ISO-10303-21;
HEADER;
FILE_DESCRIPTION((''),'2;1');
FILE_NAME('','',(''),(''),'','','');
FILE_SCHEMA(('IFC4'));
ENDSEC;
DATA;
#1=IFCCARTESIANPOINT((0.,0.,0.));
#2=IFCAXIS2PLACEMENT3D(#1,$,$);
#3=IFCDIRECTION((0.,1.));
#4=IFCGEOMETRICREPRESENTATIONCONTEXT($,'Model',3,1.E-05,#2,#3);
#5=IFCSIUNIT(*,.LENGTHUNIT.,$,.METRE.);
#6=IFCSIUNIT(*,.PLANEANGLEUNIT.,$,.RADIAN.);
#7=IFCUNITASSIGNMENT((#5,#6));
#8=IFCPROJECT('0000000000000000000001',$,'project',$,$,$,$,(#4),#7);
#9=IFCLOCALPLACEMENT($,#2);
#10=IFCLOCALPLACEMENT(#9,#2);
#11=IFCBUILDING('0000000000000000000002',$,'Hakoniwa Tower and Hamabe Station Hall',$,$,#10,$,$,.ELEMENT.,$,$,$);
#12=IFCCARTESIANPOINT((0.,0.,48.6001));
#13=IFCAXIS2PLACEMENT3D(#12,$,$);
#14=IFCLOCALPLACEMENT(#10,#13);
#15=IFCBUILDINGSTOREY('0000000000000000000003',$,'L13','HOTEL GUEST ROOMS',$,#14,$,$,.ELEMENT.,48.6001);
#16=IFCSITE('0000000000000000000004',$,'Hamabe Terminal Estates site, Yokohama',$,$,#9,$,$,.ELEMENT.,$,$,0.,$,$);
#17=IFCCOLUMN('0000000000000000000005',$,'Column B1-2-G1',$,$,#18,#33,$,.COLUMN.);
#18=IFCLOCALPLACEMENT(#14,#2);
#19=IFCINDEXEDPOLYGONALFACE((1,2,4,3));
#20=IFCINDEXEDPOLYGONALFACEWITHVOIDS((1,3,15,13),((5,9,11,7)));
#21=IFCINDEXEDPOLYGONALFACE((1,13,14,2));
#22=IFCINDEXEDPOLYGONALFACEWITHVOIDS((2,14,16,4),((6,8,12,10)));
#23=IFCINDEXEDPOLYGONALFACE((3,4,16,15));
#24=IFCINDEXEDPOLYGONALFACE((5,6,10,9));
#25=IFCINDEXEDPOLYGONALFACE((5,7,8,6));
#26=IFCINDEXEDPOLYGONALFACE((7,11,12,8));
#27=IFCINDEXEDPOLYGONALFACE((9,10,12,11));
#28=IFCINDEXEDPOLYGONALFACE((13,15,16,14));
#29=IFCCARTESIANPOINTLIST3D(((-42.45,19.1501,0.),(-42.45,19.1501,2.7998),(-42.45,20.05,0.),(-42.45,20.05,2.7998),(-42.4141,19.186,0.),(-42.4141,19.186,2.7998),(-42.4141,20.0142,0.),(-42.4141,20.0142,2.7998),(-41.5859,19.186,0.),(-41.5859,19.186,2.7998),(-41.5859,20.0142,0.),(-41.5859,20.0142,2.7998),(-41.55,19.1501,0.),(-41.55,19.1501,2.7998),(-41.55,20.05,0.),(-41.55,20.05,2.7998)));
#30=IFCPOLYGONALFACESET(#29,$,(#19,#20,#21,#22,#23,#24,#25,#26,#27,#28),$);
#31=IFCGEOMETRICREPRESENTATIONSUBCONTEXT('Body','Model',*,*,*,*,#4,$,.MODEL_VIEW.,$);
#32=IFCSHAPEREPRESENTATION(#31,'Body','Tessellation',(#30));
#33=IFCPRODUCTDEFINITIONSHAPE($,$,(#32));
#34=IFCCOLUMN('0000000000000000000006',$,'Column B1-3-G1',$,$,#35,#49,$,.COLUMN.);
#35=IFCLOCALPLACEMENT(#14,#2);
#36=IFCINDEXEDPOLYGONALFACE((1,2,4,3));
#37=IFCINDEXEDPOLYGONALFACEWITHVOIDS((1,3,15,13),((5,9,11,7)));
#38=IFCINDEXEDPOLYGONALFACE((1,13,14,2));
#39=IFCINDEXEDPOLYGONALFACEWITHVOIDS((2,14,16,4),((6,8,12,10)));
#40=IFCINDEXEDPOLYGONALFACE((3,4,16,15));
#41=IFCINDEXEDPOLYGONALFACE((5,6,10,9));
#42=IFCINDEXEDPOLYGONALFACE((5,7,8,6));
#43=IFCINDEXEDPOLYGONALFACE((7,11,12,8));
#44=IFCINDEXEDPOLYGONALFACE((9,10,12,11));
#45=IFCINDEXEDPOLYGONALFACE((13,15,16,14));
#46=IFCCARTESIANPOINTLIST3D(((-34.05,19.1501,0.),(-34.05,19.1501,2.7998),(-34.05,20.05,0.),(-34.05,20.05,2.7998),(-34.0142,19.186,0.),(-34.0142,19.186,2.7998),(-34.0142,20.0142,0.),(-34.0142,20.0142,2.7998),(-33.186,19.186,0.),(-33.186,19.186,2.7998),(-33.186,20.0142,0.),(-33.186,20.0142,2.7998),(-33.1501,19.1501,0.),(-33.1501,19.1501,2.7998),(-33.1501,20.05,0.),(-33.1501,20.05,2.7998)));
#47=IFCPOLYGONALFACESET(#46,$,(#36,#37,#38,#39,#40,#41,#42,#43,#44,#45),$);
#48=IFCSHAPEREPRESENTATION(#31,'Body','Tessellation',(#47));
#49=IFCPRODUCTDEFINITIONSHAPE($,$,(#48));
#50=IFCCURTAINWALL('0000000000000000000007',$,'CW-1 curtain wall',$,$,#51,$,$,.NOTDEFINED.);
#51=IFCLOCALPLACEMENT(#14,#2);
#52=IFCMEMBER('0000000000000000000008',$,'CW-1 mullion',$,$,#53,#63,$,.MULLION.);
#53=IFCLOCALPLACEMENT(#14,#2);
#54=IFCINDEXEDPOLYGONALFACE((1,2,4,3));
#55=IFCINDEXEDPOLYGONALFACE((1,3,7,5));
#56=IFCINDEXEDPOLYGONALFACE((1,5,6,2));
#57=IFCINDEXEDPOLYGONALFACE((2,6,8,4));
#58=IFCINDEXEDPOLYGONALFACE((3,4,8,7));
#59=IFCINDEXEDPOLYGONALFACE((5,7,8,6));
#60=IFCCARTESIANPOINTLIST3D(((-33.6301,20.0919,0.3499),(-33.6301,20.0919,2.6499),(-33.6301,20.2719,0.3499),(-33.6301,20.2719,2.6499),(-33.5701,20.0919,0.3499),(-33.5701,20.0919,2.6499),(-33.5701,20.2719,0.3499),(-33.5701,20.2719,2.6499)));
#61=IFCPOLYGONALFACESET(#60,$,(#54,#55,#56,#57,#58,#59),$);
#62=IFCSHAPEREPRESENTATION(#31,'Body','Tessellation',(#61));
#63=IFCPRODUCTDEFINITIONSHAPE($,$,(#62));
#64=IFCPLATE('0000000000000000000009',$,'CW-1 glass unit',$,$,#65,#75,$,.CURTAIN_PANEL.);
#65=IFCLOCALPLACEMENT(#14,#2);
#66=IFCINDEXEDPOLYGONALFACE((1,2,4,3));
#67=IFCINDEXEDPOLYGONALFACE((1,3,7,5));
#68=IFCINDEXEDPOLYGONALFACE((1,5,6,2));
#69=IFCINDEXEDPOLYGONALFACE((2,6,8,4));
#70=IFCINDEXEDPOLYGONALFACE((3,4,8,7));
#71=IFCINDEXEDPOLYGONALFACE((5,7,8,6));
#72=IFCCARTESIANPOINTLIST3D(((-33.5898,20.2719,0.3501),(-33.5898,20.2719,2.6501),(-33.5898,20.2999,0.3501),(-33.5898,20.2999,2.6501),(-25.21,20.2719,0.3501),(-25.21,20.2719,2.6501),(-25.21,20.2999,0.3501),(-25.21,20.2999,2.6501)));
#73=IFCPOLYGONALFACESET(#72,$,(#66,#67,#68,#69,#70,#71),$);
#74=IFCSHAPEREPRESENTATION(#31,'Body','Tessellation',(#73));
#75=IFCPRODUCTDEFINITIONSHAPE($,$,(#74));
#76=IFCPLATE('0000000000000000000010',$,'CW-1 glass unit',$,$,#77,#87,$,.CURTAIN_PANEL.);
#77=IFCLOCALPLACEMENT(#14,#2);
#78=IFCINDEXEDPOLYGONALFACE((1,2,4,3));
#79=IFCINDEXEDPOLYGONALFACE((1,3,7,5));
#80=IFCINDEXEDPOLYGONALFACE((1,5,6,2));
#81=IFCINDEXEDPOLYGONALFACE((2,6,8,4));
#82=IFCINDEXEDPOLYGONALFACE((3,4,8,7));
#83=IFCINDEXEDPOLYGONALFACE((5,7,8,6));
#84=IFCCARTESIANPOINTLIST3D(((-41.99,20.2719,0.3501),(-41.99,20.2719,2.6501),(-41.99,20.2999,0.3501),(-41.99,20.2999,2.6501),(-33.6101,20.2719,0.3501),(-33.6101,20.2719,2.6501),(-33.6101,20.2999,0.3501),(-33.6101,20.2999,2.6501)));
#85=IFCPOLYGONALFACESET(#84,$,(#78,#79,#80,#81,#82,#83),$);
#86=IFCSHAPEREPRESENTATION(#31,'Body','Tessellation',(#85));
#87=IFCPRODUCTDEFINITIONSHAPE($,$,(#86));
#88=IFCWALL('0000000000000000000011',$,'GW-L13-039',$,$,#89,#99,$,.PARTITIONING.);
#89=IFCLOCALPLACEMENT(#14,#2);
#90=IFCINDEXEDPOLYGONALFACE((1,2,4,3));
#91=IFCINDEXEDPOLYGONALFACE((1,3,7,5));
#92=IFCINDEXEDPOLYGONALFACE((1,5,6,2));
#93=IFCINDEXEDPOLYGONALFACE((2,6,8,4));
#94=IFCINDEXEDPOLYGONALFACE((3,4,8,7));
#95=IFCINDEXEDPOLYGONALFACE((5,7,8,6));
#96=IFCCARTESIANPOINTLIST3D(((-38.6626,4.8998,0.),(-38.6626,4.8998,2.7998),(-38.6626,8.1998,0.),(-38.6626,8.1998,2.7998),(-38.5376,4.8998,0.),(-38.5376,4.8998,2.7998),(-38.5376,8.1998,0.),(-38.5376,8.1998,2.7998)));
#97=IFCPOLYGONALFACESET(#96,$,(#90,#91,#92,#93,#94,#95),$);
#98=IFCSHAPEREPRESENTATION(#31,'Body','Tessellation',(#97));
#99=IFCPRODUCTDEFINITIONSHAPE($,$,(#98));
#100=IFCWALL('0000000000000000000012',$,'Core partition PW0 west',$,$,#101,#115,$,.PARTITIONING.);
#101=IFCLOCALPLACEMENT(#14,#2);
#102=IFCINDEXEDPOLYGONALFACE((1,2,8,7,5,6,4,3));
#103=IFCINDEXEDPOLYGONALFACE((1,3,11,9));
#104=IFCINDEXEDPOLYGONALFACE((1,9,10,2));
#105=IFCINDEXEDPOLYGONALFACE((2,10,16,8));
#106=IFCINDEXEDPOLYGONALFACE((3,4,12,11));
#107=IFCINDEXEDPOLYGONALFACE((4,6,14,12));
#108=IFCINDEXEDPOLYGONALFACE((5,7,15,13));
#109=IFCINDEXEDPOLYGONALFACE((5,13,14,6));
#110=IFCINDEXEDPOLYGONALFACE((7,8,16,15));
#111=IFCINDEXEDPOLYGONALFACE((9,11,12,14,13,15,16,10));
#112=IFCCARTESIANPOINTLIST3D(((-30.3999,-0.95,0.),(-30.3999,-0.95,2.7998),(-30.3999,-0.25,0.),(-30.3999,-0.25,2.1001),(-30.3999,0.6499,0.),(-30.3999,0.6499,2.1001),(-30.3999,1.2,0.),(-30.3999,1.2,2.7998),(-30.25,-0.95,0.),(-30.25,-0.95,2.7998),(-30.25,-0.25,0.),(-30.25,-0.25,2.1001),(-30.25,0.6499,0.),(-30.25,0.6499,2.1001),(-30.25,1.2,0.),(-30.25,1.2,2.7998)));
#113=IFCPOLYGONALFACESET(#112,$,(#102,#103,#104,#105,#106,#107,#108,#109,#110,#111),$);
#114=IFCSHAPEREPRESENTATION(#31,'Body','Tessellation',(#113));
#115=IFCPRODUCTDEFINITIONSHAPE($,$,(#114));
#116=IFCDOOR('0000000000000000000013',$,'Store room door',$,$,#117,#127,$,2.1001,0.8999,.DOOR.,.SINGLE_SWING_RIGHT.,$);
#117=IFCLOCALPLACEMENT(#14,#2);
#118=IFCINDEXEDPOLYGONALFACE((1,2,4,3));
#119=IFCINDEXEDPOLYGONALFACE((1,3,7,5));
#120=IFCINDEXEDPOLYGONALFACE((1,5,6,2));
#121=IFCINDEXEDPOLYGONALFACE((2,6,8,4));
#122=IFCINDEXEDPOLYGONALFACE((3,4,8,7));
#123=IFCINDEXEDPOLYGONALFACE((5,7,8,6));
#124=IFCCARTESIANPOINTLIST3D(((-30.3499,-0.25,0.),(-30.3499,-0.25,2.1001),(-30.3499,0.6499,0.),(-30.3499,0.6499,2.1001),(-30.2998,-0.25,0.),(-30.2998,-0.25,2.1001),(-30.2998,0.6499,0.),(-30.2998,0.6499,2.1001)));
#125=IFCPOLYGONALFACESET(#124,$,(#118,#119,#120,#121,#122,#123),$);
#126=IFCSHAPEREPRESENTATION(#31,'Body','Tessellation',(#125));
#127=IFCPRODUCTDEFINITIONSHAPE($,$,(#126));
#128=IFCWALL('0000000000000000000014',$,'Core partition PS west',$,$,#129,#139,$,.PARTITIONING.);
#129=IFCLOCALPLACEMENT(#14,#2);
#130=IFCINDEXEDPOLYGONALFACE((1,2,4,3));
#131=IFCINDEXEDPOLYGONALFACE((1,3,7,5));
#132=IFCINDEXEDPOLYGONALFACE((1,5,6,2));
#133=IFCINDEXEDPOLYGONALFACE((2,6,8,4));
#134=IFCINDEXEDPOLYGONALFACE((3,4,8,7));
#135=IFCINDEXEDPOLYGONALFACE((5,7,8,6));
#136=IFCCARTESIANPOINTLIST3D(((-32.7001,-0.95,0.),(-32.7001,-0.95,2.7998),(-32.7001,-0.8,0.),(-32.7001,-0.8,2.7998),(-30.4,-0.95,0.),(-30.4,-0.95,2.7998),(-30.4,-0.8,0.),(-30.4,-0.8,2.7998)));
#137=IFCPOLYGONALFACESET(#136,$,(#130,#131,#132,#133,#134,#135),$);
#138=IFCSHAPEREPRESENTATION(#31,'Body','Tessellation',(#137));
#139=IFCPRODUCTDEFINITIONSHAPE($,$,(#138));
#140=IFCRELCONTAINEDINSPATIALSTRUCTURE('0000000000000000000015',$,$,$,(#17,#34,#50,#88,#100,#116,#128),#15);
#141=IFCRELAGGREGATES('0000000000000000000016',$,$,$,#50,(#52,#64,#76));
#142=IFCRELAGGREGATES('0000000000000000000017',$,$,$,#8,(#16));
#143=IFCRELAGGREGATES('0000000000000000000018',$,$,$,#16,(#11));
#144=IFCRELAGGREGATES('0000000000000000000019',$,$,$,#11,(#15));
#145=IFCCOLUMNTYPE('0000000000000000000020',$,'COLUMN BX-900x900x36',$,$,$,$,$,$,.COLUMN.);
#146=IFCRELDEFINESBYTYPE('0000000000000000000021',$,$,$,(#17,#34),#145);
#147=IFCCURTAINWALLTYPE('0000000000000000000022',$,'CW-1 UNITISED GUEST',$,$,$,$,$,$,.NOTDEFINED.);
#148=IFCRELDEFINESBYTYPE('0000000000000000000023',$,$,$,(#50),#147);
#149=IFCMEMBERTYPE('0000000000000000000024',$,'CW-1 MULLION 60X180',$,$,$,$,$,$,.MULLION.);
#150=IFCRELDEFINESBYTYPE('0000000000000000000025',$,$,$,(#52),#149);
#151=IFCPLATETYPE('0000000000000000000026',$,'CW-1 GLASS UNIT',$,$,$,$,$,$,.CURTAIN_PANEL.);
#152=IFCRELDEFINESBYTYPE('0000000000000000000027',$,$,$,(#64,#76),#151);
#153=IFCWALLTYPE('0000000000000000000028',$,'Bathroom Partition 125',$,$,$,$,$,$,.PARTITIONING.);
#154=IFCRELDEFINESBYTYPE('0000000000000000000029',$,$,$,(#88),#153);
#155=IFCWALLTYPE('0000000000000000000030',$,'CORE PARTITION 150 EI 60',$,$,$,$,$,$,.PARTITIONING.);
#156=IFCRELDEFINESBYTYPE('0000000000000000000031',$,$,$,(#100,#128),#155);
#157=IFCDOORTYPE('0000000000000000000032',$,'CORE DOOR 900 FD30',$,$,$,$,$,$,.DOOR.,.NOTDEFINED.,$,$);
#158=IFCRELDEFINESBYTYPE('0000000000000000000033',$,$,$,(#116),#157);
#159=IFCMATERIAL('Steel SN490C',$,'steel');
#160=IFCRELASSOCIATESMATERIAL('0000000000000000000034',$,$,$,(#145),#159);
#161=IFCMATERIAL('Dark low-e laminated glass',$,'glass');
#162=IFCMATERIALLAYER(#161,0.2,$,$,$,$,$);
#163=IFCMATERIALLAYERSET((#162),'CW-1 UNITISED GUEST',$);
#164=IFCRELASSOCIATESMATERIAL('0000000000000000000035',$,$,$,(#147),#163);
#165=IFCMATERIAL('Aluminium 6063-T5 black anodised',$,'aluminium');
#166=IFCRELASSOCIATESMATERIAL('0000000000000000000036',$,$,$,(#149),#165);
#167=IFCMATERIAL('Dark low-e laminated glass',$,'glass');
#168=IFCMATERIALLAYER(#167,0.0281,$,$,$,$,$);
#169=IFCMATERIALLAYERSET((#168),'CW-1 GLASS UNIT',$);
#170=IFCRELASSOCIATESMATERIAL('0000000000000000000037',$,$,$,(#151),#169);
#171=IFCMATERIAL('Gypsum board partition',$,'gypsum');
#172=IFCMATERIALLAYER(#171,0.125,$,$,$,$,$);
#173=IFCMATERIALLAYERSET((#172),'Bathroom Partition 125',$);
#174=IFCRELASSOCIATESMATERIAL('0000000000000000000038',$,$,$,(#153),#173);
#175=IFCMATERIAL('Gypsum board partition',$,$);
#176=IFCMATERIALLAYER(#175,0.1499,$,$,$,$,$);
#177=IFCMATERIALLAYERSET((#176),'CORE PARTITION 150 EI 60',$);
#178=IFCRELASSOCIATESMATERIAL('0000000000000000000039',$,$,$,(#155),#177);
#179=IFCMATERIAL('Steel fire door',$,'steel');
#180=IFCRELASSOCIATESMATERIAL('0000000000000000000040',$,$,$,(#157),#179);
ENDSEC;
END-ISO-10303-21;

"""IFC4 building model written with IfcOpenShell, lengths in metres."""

from ifc_helpers import new_model, si_unit, direction, frame, frame_2d, origin, origin_2d, place, context, subcontext, project, spatial, rectangle, hollow_rectangle, extrude, material, layer, layer_set, material_profile, profile_set, type_object, element, fill, aggregate, save


model = new_model("IFC4")

# Units and contexts
model_context = context("Model", 3, precision=1e-05, world=origin(), true_north=direction((0.0, 1.0)))
body_context = subcontext(model_context, "Body", "Model", "MODEL_VIEW")
ifc_project = project(units=[si_unit("LENGTHUNIT", "METRE"), si_unit("PLANEANGLEUNIT", "RADIAN")], contexts=[model_context])

# Site, building, storey
site_placement = place(None, origin())
site = spatial("IfcSite", under=ifc_project, at=site_placement, Name="Hamabe Terminal Estates site, Yokohama", CompositionType="ELEMENT", RefElevation=0.0)
building_placement = place(site_placement, origin())
building = spatial("IfcBuilding", under=site, at=building_placement, Name="Hakoniwa Tower and Hamabe Station Hall", CompositionType="ELEMENT")
storey_placement = place(building_placement, frame((0.0, 0.0, 48.6001)))
storey = spatial("IfcBuildingStorey", under=building, at=storey_placement, Name="L13", Description="HOTEL GUEST ROOMS", CompositionType="ELEMENT", Elevation=48.6001)

# Columns
ifc_material_1 = material(Name="Steel SN490C", Category="steel")
ifc_material_profile_1 = material_profile(ifc_material_1, hollow_rectangle(XDim=0.8999, YDim=0.8999, WallThickness=0.0359, at=origin_2d()), Name="BX-900x900x36")
ifc_profile_set_1 = profile_set([ifc_material_profile_1], Name="Steel SN490C")
column_type = type_object("IfcColumnType", Name="COLUMN BX-900x900x36", PredefinedType="COLUMN", material=ifc_profile_set_1)
for number, where, z_axis, x_axis, name in (
    (1, (-42.0, 19.6001, 0.0), (0.0, 0.0, 1.0), (1.0, 0.0, 0.0), "Column B1-2-G1"),
    (2, (-33.6001, 19.6001, 0.0), (0.0, 0.0, 1.0), (1.0, 0.0, 0.0), "Column B1-3-G1"),
):
    element("IfcColumn", number, at=place(storey_placement, frame(where, z_axis=z_axis, x_axis=x_axis)), inside=storey, type_object=column_type, Name=name, PredefinedType="COLUMN", context=body_context, shape_type="SweptSolid", body=[
        extrude(hollow_rectangle(XDim=0.8999, YDim=0.8999, WallThickness=0.0359, at=origin_2d()), origin(), (0.0, 0.0, 1.0), 2.7998),
    ])

# Curtain wall, member, plates
ifc_material_2 = material(Name="Dark low-e laminated glass", Category="glass")
ifc_layer_1 = layer(ifc_material_2, 0.2)
ifc_layer_set_1 = layer_set([ifc_layer_1], Name="CW-1 UNITISED GUEST")
curtain_wall_type = type_object("IfcCurtainWallType", Name="CW-1 UNITISED GUEST", PredefinedType="NOTDEFINED", material=ifc_layer_set_1)
curtain_wall_placement = place(storey_placement, origin())
curtain_wall = element("IfcCurtainWall", 3, at=curtain_wall_placement, inside=storey, type_object=curtain_wall_type, Name="CW-1 curtain wall", PredefinedType="NOTDEFINED")
ifc_material_3 = material(Name="Aluminium 6063-T5 black anodised", Category="aluminium")
ifc_material_profile_2 = material_profile(ifc_material_3, rectangle(XDim=0.0601, YDim=0.1799, at=origin_2d()), Name="CW-1 MULLION 60X180")
ifc_profile_set_2 = profile_set([ifc_material_profile_2], Name="Aluminium 6063-T5 black anodised")
member_type = type_object("IfcMemberType", Name="CW-1 MULLION 60X180", PredefinedType="MULLION", material=ifc_profile_set_2)
member_placement = place(storey_placement, frame((-33.6001, 20.1819, 0.3499), z_axis=(0.0, 0.0, 1.0), x_axis=(-1.0, 0.0, 0.0)))
member = element("IfcMember", 4, at=member_placement, type_object=member_type, Name="CW-1 mullion", PredefinedType="MULLION", context=body_context, shape_type="SweptSolid", body=[
    extrude(rectangle(XDim=0.0601, YDim=0.1799, at=origin_2d()), origin(), (0.0, 0.0, 1.0), 2.3),
])
ifc_material_4 = material(Name="Dark low-e laminated glass", Category="glass")
ifc_layer_2 = layer(ifc_material_4, 0.0281)
ifc_layer_set_2 = layer_set([ifc_layer_2], Name="CW-1 GLASS UNIT")
plate_type = type_object("IfcPlateType", Name="CW-1 GLASS UNIT", PredefinedType="CURTAIN_PANEL", material=ifc_layer_set_2)
plate_1_placement = place(storey_placement, frame((-29.3999, 20.2859, 0.3501), z_axis=(0.0, 0.0, 1.0), x_axis=(-1.0, 0.0, 0.0)))
plate_1 = element("IfcPlate", 5, at=plate_1_placement, type_object=plate_type, Name="CW-1 glass unit", PredefinedType="CURTAIN_PANEL", context=body_context, shape_type="SweptSolid", body=[
    extrude(rectangle(XDim=8.3799, YDim=0.0281, at=origin_2d()), origin(), (0.0, 0.0, 1.0), 2.3),
])
plate_2_placement = place(storey_placement, frame((-37.8, 20.2859, 0.3501), z_axis=(0.0, 0.0, 1.0), x_axis=(-1.0, 0.0, 0.0)))
plate_2 = element("IfcPlate", 6, at=plate_2_placement, type_object=plate_type, Name="CW-1 glass unit", PredefinedType="CURTAIN_PANEL", context=body_context, shape_type="SweptSolid", body=[
    extrude(rectangle(XDim=8.3799, YDim=0.0281, at=origin_2d()), origin(), (0.0, 0.0, 1.0), 2.3),
])
aggregate(curtain_wall, [member, plate_1, plate_2])

# Wall
ifc_material_5 = material(Name="Gypsum board partition", Category="gypsum")
ifc_layer_3 = layer(ifc_material_5, 0.125)
ifc_layer_set_3 = layer_set([ifc_layer_3], Name="Bathroom Partition 125")
wall_type_1 = type_object("IfcWallType", Name="Bathroom Partition 125", PredefinedType="PARTITIONING", material=ifc_layer_set_3)
wall_1_placement = place(storey_placement, frame((-38.6001, 4.8999, 0.0), z_axis=(0.0, 0.0, 1.0), x_axis=(0.0, 1.0, 0.0)))
element("IfcWall", 7, at=wall_1_placement, inside=storey, type_object=wall_type_1, Name="GW-L13-039", PredefinedType="PARTITIONING", context=body_context, shape_type="SweptSolid", body=[
    extrude(rectangle(XDim=3.3, YDim=0.125, at=frame_2d((1.6499, 0.0))), origin(), (0.0, 0.0, 1.0), 2.7998),
])

# Wall, opening, door
ifc_material_6 = material(Name="Gypsum board partition")
ifc_layer_4 = layer(ifc_material_6, 0.1499)
ifc_layer_set_4 = layer_set([ifc_layer_4], Name="CORE PARTITION 150 EI 60")
wall_type_2 = type_object("IfcWallType", Name="CORE PARTITION 150 EI 60", PredefinedType="PARTITIONING", material=ifc_layer_set_4)
wall_2_placement = place(storey_placement, frame((-30.325, -0.95, 0.0), z_axis=(0.0, 0.0, 1.0), x_axis=(0.0, 1.0, 0.0)))
wall_2 = element("IfcWall", 8, at=wall_2_placement, inside=storey, type_object=wall_type_2, Name="Core partition PW0 west", PredefinedType="PARTITIONING", context=body_context, shape_type="SweptSolid", body=[
    extrude(rectangle(XDim=2.1499, YDim=0.1499, at=frame_2d((1.075, 0.0))), origin(), (0.0, 0.0, 1.0), 2.7998),
])
opening_1_placement = place(wall_2_placement, frame((0.7, 0.0, 0.0)))
opening_1 = element("IfcOpeningElement", 9, at=opening_1_placement, cuts=wall_2, PredefinedType="OPENING", context=body_context, shape_type="SweptSolid", body=[
    extrude(rectangle(XDim=0.8999, YDim=2.1001, at=frame_2d((0.45, 1.05))), frame((0.0, 0.085, 0.0), z_axis=(0.0, -1.0, 0.0), x_axis=(1.0, 0.0, 0.0)), (0.0, 0.0, 1.0), 0.1699),
])
ifc_material_7 = material(Name="Steel fire door", Category="steel")
door_type_1 = type_object("IfcDoorType", Name="CORE DOOR 900 FD30", OperationType="NOTDEFINED", PredefinedType="DOOR", material=ifc_material_7)
door_1_placement = place(opening_1_placement, origin())
door_1 = element("IfcDoor", 10, at=door_1_placement, inside=storey, type_object=door_type_1, Name="Store room door", OperationType="SINGLE_SWING_RIGHT", OverallHeight=2.1001, OverallWidth=0.8999, PredefinedType="DOOR", context=body_context, shape_type="SweptSolid", body=[
    extrude(rectangle(XDim=0.8999, YDim=2.1001, at=frame_2d((0.45, 1.05))), frame((0.0, 0.0249, 0.0), z_axis=(0.0, -1.0, 0.0), x_axis=(1.0, 0.0, 0.0)), (0.0, 0.0, 1.0), 0.05),
])
fill(opening_1, door_1)

# Wall
wall_3_placement = place(storey_placement, frame((-32.7, -0.875, 0.0), z_axis=(0.0, 0.0, 1.0), x_axis=(1.0, 0.0, 0.0)))
element("IfcWall", 11, at=wall_3_placement, inside=storey, type_object=wall_type_2, Name="Core partition PS west", PredefinedType="PARTITIONING", context=body_context, shape_type="SweptSolid", body=[
    extrude(rectangle(XDim=2.3, YDim=0.1499, at=frame_2d((1.1499, 0.0))), origin(), (0.0, 0.0, 1.0), 2.7998),
])

save(model, "model.ifc")
